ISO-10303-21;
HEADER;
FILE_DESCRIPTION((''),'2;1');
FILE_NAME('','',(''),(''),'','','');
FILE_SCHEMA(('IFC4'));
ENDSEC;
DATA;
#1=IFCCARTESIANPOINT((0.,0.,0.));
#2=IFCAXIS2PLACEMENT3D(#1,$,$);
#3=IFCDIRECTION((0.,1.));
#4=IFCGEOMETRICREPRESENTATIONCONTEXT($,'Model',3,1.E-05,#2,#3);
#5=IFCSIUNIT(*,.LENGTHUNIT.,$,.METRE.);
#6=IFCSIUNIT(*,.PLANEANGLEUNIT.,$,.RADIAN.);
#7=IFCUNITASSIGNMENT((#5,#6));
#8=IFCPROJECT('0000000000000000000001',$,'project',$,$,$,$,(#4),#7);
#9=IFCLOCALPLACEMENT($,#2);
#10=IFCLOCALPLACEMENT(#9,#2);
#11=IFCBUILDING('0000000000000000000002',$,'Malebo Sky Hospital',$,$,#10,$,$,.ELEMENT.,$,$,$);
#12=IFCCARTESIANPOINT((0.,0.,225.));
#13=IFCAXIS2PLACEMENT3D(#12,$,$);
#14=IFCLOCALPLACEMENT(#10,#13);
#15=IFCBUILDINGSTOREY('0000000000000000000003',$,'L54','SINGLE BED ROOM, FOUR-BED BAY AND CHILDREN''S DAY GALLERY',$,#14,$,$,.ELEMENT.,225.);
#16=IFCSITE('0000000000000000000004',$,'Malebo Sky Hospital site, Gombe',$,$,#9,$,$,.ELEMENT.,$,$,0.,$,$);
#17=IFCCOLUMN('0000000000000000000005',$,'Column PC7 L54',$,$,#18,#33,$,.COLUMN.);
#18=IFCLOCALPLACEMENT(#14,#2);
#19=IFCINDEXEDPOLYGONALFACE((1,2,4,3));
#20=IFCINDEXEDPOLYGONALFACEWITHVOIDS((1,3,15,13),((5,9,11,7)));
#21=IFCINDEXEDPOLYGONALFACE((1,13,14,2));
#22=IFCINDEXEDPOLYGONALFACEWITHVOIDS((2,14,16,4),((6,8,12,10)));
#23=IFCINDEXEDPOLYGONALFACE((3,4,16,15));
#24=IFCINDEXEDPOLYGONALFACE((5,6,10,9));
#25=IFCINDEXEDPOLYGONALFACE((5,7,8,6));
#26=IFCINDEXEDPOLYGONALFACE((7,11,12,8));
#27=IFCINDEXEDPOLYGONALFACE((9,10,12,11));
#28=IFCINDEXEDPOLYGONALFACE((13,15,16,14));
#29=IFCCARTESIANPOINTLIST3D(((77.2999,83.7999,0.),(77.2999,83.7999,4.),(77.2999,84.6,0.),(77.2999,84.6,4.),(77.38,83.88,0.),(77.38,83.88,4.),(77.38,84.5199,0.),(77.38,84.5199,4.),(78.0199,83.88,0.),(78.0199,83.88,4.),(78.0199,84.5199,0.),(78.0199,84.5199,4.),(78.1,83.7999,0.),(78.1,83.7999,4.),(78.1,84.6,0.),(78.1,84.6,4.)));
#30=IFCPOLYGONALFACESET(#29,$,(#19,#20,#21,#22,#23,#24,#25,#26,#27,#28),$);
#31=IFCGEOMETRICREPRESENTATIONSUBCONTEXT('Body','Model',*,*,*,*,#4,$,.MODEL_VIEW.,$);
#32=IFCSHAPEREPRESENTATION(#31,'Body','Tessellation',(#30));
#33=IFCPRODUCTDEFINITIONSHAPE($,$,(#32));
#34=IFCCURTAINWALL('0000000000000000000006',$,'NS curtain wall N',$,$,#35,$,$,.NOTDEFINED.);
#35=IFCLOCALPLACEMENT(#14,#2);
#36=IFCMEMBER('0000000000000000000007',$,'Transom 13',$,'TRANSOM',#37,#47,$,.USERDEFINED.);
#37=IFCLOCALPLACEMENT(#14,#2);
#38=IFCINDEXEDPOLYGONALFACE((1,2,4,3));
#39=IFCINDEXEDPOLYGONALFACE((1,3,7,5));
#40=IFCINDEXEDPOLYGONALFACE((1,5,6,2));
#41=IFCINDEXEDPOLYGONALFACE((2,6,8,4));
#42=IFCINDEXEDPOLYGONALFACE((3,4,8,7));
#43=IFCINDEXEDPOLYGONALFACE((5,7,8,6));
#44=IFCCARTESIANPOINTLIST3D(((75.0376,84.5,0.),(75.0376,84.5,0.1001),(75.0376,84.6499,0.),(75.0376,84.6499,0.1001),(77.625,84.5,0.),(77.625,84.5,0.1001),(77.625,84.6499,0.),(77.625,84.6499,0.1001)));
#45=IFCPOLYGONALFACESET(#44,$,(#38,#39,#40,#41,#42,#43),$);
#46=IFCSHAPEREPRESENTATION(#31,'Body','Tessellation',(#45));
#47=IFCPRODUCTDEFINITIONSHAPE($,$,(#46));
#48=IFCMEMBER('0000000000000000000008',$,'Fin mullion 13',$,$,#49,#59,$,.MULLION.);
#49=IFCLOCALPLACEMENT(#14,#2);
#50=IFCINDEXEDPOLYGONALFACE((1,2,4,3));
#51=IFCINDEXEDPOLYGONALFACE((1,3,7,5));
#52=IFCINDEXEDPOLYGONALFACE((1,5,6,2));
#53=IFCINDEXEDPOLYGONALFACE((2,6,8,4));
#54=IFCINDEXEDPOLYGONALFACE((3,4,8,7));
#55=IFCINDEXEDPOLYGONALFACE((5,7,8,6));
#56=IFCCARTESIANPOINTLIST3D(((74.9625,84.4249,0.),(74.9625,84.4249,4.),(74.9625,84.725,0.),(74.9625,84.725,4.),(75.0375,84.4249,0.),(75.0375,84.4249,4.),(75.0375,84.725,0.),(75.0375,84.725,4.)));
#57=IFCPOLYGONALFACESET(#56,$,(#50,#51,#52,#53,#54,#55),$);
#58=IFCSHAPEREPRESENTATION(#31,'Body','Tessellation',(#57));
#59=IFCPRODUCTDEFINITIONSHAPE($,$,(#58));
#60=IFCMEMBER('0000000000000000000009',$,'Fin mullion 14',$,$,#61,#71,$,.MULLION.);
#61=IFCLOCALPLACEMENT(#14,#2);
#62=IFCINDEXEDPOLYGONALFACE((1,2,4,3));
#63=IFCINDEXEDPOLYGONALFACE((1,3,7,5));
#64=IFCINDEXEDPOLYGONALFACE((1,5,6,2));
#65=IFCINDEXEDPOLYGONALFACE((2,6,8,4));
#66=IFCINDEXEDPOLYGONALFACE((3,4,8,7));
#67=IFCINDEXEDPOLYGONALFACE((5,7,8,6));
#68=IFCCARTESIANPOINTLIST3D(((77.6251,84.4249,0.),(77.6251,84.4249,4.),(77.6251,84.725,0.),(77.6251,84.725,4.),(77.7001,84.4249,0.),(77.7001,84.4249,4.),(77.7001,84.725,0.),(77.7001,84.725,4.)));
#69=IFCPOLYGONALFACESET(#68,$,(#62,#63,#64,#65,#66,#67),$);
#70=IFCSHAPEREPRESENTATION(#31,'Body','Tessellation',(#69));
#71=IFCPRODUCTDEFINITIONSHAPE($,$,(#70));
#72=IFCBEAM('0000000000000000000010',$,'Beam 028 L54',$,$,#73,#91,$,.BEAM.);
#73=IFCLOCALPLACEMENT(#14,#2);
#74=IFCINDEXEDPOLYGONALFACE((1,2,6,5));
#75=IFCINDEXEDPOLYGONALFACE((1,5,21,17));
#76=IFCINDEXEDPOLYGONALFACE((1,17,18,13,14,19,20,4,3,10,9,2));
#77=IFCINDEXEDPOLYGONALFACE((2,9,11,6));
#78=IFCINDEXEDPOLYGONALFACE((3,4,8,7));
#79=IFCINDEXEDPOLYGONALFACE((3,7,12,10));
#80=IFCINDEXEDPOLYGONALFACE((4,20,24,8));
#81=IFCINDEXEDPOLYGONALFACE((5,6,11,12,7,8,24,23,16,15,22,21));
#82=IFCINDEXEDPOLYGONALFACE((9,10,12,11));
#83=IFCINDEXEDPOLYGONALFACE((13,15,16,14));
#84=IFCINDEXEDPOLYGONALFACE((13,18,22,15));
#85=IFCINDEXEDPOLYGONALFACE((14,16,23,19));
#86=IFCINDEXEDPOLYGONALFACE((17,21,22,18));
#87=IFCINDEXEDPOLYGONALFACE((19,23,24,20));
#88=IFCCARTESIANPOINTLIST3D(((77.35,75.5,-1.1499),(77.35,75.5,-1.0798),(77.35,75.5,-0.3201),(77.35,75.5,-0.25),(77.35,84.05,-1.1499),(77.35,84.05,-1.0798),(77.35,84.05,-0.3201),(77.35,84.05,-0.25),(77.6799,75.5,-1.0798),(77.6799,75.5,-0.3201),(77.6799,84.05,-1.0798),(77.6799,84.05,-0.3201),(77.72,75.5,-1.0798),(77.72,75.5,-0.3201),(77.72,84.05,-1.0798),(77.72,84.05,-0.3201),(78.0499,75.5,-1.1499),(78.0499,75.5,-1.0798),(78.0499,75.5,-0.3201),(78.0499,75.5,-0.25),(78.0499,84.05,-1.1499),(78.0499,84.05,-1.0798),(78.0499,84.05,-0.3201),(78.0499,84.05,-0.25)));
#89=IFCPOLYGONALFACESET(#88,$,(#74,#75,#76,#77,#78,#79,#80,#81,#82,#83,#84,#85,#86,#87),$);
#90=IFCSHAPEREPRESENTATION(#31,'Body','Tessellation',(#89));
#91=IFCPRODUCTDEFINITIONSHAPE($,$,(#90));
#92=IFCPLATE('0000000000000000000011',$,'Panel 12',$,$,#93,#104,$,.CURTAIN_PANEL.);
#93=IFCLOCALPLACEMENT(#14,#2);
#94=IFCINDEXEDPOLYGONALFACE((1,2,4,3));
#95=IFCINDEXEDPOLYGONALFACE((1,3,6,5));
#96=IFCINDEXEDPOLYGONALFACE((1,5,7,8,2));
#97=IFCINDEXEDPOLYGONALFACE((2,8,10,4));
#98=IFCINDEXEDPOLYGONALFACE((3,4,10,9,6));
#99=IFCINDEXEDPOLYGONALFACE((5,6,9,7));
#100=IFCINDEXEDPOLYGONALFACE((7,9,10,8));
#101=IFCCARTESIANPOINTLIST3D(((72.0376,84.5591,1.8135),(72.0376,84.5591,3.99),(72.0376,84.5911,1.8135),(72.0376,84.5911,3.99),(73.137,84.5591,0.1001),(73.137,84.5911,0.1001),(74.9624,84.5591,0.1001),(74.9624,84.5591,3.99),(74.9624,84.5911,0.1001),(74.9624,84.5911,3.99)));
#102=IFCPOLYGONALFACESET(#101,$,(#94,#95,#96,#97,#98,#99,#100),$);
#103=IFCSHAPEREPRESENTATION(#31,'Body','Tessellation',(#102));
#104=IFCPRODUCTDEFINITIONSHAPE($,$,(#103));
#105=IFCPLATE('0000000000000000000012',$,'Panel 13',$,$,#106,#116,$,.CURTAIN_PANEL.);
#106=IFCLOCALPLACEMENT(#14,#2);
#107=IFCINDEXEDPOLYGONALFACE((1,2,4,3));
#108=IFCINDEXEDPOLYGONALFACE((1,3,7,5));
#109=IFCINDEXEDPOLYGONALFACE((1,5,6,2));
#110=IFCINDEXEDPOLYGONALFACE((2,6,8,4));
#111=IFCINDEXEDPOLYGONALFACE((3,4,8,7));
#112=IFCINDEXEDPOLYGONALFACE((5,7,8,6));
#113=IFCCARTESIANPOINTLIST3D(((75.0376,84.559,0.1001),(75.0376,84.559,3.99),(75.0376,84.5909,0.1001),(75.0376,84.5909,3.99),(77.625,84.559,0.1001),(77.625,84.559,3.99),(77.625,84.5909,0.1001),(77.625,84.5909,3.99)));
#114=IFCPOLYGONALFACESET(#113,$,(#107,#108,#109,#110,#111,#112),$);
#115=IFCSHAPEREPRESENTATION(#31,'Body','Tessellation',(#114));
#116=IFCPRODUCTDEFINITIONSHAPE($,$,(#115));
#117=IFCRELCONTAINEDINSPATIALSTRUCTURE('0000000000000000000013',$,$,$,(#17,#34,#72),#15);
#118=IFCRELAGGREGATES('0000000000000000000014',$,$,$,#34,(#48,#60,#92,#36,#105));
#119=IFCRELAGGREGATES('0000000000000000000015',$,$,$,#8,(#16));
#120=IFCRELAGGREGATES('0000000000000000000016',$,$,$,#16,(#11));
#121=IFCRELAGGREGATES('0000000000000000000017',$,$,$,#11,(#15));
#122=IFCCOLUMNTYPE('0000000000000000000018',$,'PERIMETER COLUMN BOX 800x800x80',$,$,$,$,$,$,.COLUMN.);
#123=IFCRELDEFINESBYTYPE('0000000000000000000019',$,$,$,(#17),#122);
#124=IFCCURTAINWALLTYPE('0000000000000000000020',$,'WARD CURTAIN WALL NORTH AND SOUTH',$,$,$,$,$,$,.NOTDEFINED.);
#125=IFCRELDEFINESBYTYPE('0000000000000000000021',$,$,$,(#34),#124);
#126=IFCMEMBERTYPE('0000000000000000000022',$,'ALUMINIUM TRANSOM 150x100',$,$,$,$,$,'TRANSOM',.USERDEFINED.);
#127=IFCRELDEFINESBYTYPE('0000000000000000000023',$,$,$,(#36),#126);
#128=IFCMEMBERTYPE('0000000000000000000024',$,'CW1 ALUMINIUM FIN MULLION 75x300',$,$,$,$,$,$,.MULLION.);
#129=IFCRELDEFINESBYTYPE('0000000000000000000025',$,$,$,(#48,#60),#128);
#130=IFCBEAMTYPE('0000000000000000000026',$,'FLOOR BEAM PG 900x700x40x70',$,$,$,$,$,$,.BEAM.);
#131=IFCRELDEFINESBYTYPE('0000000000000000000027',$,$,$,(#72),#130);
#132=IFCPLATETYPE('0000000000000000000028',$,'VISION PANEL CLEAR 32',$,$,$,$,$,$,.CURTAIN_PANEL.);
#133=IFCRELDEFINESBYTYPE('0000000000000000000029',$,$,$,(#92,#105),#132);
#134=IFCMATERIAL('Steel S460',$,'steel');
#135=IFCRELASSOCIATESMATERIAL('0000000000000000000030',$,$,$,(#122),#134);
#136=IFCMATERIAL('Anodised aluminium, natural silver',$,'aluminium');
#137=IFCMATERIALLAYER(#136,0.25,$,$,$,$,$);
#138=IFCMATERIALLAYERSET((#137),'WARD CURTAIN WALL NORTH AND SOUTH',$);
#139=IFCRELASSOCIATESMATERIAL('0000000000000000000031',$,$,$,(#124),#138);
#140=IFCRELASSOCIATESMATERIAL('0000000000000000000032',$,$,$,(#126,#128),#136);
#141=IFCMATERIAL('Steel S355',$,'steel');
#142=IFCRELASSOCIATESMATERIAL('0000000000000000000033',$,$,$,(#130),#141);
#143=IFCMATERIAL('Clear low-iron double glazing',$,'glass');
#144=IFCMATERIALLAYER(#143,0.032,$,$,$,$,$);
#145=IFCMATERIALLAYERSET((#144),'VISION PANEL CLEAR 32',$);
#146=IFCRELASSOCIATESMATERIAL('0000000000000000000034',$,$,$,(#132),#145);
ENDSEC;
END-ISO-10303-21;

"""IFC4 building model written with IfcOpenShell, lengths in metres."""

from ifc_helpers import new_model, si_unit, direction, frame, origin, origin_2d, place, context, subcontext, project, spatial, polyline, rectangle, hollow_rectangle, i_section, outline, extrude, material, layer, layer_set, material_profile, profile_set, type_object, element, aggregate, save


model = new_model("IFC4")

# Units and contexts
model_context = context("Model", 3, precision=1e-05, world=origin(), true_north=direction((0.0, 1.0)))
body_context = subcontext(model_context, "Body", "Model", "MODEL_VIEW")
ifc_project = project(units=[si_unit("LENGTHUNIT", "METRE"), si_unit("PLANEANGLEUNIT", "RADIAN")], contexts=[model_context])

# Site, building, storey
site_placement = place(None, origin())
site = spatial("IfcSite", under=ifc_project, at=site_placement, Name="Malebo Sky Hospital site, Gombe", CompositionType="ELEMENT", RefElevation=0.0)
building_placement = place(site_placement, origin())
building = spatial("IfcBuilding", under=site, at=building_placement, Name="Malebo Sky Hospital", CompositionType="ELEMENT")
storey_placement = place(building_placement, frame((0.0, 0.0, 225.0)))
storey = spatial("IfcBuildingStorey", under=building, at=storey_placement, Name="L54", Description="SINGLE BED ROOM, FOUR-BED BAY AND CHILDREN'S DAY GALLERY", CompositionType="ELEMENT", Elevation=225.0)

# Column
ifc_material_1 = material(Name="Steel S460", Category="steel")
ifc_material_profile_1 = material_profile(ifc_material_1, hollow_rectangle(XDim=0.8, YDim=0.8, WallThickness=0.0801, at=origin_2d()), Name="BOX 800x800x80")
ifc_profile_set_1 = profile_set([ifc_material_profile_1], Name="Steel S460")
column_type = type_object("IfcColumnType", Name="PERIMETER COLUMN BOX 800x800x80", PredefinedType="COLUMN", material=ifc_profile_set_1)
column_placement = place(storey_placement, frame((77.7, 84.2, 0.0), z_axis=(0.0, 0.0, 1.0), x_axis=(1.0, 0.0, 0.0)))
element("IfcColumn", 1, at=column_placement, inside=storey, type_object=column_type, Name="Column PC7 L54", PredefinedType="COLUMN", context=body_context, shape_type="SweptSolid", body=[
    extrude(hollow_rectangle(XDim=0.8, YDim=0.8, WallThickness=0.0801, at=origin_2d()), origin(), (0.0, 0.0, 1.0), 4.0),
])

# Curtain wall, members
ifc_material_2 = material(Name="Anodised aluminium, natural silver", Category="aluminium")
ifc_layer_1 = layer(ifc_material_2, 0.25)
ifc_layer_set_1 = layer_set([ifc_layer_1], Name="WARD CURTAIN WALL NORTH AND SOUTH")
curtain_wall_type = type_object("IfcCurtainWallType", Name="WARD CURTAIN WALL NORTH AND SOUTH", PredefinedType="NOTDEFINED", material=ifc_layer_set_1)
curtain_wall_placement = place(storey_placement, origin())
curtain_wall = element("IfcCurtainWall", 2, at=curtain_wall_placement, inside=storey, type_object=curtain_wall_type, Name="NS curtain wall N", PredefinedType="NOTDEFINED")
ifc_material_profile_2 = material_profile(ifc_material_2, rectangle(XDim=0.1499, YDim=0.1001, at=origin_2d()), Name="ALUMINIUM TRANSOM 150x100")
ifc_profile_set_2 = profile_set([ifc_material_profile_2], Name="Anodised aluminium, natural silver")
member_type_1 = type_object("IfcMemberType", Name="ALUMINIUM TRANSOM 150x100", ElementType="TRANSOM", PredefinedType="USERDEFINED", material=ifc_profile_set_2)
member_1_placement = place(storey_placement, frame((75.0376, 84.575, 0.05), z_axis=(1.0, 0.0, 0.0), x_axis=(0.0, 1.0, 0.0)))
member_1 = element("IfcMember", 3, at=member_1_placement, type_object=member_type_1, Name="Transom 13", ObjectType="TRANSOM", PredefinedType="USERDEFINED", context=body_context, shape_type="SweptSolid", body=[
    extrude(rectangle(XDim=0.1499, YDim=0.1001, at=origin_2d()), origin(), (0.0, 0.0, 1.0), 2.5874),
])
ifc_material_profile_3 = material_profile(ifc_material_2, rectangle(XDim=0.075, YDim=0.3, at=origin_2d()), Name="CW1 ALUMINIUM FIN MULLION 75x300")
ifc_profile_set_3 = profile_set([ifc_material_profile_3], Name="Anodised aluminium, natural silver")
member_type_2 = type_object("IfcMemberType", Name="CW1 ALUMINIUM FIN MULLION 75x300", PredefinedType="MULLION", material=ifc_profile_set_3)
member_2_placement = place(storey_placement, frame((75.0, 84.575, 0.0), z_axis=(0.0, 0.0, 1.0), x_axis=(1.0, 0.0, 0.0)))
member_2 = element("IfcMember", 4, at=member_2_placement, type_object=member_type_2, Name="Fin mullion 13", PredefinedType="MULLION", context=body_context, shape_type="SweptSolid", body=[
    extrude(rectangle(XDim=0.075, YDim=0.3, at=origin_2d()), origin(), (0.0, 0.0, 1.0), 4.0),
])
member_3_placement = place(storey_placement, frame((77.6626, 84.575, 0.0), z_axis=(0.0, 0.0, 1.0), x_axis=(1.0, 0.0, 0.0)))
member_3 = element("IfcMember", 5, at=member_3_placement, type_object=member_type_2, Name="Fin mullion 14", PredefinedType="MULLION", context=body_context, shape_type="SweptSolid", body=[
    extrude(rectangle(XDim=0.075, YDim=0.3, at=origin_2d()), origin(), (0.0, 0.0, 1.0), 4.0),
])

# Beam
ifc_material_3 = material(Name="Steel S355", Category="steel")
ifc_material_profile_4 = material_profile(ifc_material_3, i_section(OverallWidth=0.7, OverallDepth=0.8999, WebThickness=0.04, FlangeThickness=0.0701, at=origin_2d()), Name="PG 900x700x40x70")
ifc_profile_set_4 = profile_set([ifc_material_profile_4], Name="Steel S355")
beam_type = type_object("IfcBeamType", Name="FLOOR BEAM PG 900x700x40x70", PredefinedType="BEAM", material=ifc_profile_set_4)
beam_placement = place(storey_placement, frame((77.7, 75.5, -0.7), z_axis=(0.0, 1.0, 0.0), x_axis=(-1.0, 0.0, 0.0)))
element("IfcBeam", 6, at=beam_placement, inside=storey, type_object=beam_type, Name="Beam 028 L54", PredefinedType="BEAM", context=body_context, shape_type="SweptSolid", body=[
    extrude(i_section(OverallWidth=0.7, OverallDepth=0.8999, WebThickness=0.04, FlangeThickness=0.0701, at=origin_2d()), origin(), (0.0, 0.0, 1.0), 8.55),
])

# Plates
ifc_material_4 = material(Name="Clear low-iron double glazing", Category="glass")
ifc_layer_2 = layer(ifc_material_4, 0.032)
ifc_layer_set_2 = layer_set([ifc_layer_2], Name="VISION PANEL CLEAR 32")
plate_type = type_object("IfcPlateType", Name="VISION PANEL CLEAR 32", PredefinedType="CURTAIN_PANEL", material=ifc_layer_set_2)
plate_1_placement = place(storey_placement, frame((73.5, 84.575, 0.1001), z_axis=(0.0, 0.0, 1.0), x_axis=(1.0, 0.0, 0.0)))
plate_1 = element("IfcPlate", 7, at=plate_1_placement, type_object=plate_type, Name="Panel 12", PredefinedType="CURTAIN_PANEL", context=body_context, shape_type="SweptSolid", body=[
    extrude(outline(polyline([(-0.363, 0.0), (1.4624, 0.0), (1.4624, 3.8899), (-1.4624, 3.8899), (-1.4624, 1.7134), (-0.363, 0.0)])), frame((0.0, 0.0161, 0.0), z_axis=(0.0, -1.0, 0.0), x_axis=(1.0, 0.0, 0.0)), (0.0, 0.0, 1.0), 0.032),
])
plate_2_placement = place(storey_placement, frame((76.3313, 84.575, 0.1001), z_axis=(0.0, 0.0, 1.0), x_axis=(1.0, 0.0, 0.0)))
plate_2 = element("IfcPlate", 8, at=plate_2_placement, type_object=plate_type, Name="Panel 13", PredefinedType="CURTAIN_PANEL", context=body_context, shape_type="SweptSolid", body=[
    extrude(rectangle(XDim=2.5874, YDim=0.032, at=origin_2d()), origin(), (0.0, 0.0, 1.0), 3.8899),
])
aggregate(curtain_wall, [member_2, member_3, plate_1, member_1, plate_2])

save(model, "model.ifc")
